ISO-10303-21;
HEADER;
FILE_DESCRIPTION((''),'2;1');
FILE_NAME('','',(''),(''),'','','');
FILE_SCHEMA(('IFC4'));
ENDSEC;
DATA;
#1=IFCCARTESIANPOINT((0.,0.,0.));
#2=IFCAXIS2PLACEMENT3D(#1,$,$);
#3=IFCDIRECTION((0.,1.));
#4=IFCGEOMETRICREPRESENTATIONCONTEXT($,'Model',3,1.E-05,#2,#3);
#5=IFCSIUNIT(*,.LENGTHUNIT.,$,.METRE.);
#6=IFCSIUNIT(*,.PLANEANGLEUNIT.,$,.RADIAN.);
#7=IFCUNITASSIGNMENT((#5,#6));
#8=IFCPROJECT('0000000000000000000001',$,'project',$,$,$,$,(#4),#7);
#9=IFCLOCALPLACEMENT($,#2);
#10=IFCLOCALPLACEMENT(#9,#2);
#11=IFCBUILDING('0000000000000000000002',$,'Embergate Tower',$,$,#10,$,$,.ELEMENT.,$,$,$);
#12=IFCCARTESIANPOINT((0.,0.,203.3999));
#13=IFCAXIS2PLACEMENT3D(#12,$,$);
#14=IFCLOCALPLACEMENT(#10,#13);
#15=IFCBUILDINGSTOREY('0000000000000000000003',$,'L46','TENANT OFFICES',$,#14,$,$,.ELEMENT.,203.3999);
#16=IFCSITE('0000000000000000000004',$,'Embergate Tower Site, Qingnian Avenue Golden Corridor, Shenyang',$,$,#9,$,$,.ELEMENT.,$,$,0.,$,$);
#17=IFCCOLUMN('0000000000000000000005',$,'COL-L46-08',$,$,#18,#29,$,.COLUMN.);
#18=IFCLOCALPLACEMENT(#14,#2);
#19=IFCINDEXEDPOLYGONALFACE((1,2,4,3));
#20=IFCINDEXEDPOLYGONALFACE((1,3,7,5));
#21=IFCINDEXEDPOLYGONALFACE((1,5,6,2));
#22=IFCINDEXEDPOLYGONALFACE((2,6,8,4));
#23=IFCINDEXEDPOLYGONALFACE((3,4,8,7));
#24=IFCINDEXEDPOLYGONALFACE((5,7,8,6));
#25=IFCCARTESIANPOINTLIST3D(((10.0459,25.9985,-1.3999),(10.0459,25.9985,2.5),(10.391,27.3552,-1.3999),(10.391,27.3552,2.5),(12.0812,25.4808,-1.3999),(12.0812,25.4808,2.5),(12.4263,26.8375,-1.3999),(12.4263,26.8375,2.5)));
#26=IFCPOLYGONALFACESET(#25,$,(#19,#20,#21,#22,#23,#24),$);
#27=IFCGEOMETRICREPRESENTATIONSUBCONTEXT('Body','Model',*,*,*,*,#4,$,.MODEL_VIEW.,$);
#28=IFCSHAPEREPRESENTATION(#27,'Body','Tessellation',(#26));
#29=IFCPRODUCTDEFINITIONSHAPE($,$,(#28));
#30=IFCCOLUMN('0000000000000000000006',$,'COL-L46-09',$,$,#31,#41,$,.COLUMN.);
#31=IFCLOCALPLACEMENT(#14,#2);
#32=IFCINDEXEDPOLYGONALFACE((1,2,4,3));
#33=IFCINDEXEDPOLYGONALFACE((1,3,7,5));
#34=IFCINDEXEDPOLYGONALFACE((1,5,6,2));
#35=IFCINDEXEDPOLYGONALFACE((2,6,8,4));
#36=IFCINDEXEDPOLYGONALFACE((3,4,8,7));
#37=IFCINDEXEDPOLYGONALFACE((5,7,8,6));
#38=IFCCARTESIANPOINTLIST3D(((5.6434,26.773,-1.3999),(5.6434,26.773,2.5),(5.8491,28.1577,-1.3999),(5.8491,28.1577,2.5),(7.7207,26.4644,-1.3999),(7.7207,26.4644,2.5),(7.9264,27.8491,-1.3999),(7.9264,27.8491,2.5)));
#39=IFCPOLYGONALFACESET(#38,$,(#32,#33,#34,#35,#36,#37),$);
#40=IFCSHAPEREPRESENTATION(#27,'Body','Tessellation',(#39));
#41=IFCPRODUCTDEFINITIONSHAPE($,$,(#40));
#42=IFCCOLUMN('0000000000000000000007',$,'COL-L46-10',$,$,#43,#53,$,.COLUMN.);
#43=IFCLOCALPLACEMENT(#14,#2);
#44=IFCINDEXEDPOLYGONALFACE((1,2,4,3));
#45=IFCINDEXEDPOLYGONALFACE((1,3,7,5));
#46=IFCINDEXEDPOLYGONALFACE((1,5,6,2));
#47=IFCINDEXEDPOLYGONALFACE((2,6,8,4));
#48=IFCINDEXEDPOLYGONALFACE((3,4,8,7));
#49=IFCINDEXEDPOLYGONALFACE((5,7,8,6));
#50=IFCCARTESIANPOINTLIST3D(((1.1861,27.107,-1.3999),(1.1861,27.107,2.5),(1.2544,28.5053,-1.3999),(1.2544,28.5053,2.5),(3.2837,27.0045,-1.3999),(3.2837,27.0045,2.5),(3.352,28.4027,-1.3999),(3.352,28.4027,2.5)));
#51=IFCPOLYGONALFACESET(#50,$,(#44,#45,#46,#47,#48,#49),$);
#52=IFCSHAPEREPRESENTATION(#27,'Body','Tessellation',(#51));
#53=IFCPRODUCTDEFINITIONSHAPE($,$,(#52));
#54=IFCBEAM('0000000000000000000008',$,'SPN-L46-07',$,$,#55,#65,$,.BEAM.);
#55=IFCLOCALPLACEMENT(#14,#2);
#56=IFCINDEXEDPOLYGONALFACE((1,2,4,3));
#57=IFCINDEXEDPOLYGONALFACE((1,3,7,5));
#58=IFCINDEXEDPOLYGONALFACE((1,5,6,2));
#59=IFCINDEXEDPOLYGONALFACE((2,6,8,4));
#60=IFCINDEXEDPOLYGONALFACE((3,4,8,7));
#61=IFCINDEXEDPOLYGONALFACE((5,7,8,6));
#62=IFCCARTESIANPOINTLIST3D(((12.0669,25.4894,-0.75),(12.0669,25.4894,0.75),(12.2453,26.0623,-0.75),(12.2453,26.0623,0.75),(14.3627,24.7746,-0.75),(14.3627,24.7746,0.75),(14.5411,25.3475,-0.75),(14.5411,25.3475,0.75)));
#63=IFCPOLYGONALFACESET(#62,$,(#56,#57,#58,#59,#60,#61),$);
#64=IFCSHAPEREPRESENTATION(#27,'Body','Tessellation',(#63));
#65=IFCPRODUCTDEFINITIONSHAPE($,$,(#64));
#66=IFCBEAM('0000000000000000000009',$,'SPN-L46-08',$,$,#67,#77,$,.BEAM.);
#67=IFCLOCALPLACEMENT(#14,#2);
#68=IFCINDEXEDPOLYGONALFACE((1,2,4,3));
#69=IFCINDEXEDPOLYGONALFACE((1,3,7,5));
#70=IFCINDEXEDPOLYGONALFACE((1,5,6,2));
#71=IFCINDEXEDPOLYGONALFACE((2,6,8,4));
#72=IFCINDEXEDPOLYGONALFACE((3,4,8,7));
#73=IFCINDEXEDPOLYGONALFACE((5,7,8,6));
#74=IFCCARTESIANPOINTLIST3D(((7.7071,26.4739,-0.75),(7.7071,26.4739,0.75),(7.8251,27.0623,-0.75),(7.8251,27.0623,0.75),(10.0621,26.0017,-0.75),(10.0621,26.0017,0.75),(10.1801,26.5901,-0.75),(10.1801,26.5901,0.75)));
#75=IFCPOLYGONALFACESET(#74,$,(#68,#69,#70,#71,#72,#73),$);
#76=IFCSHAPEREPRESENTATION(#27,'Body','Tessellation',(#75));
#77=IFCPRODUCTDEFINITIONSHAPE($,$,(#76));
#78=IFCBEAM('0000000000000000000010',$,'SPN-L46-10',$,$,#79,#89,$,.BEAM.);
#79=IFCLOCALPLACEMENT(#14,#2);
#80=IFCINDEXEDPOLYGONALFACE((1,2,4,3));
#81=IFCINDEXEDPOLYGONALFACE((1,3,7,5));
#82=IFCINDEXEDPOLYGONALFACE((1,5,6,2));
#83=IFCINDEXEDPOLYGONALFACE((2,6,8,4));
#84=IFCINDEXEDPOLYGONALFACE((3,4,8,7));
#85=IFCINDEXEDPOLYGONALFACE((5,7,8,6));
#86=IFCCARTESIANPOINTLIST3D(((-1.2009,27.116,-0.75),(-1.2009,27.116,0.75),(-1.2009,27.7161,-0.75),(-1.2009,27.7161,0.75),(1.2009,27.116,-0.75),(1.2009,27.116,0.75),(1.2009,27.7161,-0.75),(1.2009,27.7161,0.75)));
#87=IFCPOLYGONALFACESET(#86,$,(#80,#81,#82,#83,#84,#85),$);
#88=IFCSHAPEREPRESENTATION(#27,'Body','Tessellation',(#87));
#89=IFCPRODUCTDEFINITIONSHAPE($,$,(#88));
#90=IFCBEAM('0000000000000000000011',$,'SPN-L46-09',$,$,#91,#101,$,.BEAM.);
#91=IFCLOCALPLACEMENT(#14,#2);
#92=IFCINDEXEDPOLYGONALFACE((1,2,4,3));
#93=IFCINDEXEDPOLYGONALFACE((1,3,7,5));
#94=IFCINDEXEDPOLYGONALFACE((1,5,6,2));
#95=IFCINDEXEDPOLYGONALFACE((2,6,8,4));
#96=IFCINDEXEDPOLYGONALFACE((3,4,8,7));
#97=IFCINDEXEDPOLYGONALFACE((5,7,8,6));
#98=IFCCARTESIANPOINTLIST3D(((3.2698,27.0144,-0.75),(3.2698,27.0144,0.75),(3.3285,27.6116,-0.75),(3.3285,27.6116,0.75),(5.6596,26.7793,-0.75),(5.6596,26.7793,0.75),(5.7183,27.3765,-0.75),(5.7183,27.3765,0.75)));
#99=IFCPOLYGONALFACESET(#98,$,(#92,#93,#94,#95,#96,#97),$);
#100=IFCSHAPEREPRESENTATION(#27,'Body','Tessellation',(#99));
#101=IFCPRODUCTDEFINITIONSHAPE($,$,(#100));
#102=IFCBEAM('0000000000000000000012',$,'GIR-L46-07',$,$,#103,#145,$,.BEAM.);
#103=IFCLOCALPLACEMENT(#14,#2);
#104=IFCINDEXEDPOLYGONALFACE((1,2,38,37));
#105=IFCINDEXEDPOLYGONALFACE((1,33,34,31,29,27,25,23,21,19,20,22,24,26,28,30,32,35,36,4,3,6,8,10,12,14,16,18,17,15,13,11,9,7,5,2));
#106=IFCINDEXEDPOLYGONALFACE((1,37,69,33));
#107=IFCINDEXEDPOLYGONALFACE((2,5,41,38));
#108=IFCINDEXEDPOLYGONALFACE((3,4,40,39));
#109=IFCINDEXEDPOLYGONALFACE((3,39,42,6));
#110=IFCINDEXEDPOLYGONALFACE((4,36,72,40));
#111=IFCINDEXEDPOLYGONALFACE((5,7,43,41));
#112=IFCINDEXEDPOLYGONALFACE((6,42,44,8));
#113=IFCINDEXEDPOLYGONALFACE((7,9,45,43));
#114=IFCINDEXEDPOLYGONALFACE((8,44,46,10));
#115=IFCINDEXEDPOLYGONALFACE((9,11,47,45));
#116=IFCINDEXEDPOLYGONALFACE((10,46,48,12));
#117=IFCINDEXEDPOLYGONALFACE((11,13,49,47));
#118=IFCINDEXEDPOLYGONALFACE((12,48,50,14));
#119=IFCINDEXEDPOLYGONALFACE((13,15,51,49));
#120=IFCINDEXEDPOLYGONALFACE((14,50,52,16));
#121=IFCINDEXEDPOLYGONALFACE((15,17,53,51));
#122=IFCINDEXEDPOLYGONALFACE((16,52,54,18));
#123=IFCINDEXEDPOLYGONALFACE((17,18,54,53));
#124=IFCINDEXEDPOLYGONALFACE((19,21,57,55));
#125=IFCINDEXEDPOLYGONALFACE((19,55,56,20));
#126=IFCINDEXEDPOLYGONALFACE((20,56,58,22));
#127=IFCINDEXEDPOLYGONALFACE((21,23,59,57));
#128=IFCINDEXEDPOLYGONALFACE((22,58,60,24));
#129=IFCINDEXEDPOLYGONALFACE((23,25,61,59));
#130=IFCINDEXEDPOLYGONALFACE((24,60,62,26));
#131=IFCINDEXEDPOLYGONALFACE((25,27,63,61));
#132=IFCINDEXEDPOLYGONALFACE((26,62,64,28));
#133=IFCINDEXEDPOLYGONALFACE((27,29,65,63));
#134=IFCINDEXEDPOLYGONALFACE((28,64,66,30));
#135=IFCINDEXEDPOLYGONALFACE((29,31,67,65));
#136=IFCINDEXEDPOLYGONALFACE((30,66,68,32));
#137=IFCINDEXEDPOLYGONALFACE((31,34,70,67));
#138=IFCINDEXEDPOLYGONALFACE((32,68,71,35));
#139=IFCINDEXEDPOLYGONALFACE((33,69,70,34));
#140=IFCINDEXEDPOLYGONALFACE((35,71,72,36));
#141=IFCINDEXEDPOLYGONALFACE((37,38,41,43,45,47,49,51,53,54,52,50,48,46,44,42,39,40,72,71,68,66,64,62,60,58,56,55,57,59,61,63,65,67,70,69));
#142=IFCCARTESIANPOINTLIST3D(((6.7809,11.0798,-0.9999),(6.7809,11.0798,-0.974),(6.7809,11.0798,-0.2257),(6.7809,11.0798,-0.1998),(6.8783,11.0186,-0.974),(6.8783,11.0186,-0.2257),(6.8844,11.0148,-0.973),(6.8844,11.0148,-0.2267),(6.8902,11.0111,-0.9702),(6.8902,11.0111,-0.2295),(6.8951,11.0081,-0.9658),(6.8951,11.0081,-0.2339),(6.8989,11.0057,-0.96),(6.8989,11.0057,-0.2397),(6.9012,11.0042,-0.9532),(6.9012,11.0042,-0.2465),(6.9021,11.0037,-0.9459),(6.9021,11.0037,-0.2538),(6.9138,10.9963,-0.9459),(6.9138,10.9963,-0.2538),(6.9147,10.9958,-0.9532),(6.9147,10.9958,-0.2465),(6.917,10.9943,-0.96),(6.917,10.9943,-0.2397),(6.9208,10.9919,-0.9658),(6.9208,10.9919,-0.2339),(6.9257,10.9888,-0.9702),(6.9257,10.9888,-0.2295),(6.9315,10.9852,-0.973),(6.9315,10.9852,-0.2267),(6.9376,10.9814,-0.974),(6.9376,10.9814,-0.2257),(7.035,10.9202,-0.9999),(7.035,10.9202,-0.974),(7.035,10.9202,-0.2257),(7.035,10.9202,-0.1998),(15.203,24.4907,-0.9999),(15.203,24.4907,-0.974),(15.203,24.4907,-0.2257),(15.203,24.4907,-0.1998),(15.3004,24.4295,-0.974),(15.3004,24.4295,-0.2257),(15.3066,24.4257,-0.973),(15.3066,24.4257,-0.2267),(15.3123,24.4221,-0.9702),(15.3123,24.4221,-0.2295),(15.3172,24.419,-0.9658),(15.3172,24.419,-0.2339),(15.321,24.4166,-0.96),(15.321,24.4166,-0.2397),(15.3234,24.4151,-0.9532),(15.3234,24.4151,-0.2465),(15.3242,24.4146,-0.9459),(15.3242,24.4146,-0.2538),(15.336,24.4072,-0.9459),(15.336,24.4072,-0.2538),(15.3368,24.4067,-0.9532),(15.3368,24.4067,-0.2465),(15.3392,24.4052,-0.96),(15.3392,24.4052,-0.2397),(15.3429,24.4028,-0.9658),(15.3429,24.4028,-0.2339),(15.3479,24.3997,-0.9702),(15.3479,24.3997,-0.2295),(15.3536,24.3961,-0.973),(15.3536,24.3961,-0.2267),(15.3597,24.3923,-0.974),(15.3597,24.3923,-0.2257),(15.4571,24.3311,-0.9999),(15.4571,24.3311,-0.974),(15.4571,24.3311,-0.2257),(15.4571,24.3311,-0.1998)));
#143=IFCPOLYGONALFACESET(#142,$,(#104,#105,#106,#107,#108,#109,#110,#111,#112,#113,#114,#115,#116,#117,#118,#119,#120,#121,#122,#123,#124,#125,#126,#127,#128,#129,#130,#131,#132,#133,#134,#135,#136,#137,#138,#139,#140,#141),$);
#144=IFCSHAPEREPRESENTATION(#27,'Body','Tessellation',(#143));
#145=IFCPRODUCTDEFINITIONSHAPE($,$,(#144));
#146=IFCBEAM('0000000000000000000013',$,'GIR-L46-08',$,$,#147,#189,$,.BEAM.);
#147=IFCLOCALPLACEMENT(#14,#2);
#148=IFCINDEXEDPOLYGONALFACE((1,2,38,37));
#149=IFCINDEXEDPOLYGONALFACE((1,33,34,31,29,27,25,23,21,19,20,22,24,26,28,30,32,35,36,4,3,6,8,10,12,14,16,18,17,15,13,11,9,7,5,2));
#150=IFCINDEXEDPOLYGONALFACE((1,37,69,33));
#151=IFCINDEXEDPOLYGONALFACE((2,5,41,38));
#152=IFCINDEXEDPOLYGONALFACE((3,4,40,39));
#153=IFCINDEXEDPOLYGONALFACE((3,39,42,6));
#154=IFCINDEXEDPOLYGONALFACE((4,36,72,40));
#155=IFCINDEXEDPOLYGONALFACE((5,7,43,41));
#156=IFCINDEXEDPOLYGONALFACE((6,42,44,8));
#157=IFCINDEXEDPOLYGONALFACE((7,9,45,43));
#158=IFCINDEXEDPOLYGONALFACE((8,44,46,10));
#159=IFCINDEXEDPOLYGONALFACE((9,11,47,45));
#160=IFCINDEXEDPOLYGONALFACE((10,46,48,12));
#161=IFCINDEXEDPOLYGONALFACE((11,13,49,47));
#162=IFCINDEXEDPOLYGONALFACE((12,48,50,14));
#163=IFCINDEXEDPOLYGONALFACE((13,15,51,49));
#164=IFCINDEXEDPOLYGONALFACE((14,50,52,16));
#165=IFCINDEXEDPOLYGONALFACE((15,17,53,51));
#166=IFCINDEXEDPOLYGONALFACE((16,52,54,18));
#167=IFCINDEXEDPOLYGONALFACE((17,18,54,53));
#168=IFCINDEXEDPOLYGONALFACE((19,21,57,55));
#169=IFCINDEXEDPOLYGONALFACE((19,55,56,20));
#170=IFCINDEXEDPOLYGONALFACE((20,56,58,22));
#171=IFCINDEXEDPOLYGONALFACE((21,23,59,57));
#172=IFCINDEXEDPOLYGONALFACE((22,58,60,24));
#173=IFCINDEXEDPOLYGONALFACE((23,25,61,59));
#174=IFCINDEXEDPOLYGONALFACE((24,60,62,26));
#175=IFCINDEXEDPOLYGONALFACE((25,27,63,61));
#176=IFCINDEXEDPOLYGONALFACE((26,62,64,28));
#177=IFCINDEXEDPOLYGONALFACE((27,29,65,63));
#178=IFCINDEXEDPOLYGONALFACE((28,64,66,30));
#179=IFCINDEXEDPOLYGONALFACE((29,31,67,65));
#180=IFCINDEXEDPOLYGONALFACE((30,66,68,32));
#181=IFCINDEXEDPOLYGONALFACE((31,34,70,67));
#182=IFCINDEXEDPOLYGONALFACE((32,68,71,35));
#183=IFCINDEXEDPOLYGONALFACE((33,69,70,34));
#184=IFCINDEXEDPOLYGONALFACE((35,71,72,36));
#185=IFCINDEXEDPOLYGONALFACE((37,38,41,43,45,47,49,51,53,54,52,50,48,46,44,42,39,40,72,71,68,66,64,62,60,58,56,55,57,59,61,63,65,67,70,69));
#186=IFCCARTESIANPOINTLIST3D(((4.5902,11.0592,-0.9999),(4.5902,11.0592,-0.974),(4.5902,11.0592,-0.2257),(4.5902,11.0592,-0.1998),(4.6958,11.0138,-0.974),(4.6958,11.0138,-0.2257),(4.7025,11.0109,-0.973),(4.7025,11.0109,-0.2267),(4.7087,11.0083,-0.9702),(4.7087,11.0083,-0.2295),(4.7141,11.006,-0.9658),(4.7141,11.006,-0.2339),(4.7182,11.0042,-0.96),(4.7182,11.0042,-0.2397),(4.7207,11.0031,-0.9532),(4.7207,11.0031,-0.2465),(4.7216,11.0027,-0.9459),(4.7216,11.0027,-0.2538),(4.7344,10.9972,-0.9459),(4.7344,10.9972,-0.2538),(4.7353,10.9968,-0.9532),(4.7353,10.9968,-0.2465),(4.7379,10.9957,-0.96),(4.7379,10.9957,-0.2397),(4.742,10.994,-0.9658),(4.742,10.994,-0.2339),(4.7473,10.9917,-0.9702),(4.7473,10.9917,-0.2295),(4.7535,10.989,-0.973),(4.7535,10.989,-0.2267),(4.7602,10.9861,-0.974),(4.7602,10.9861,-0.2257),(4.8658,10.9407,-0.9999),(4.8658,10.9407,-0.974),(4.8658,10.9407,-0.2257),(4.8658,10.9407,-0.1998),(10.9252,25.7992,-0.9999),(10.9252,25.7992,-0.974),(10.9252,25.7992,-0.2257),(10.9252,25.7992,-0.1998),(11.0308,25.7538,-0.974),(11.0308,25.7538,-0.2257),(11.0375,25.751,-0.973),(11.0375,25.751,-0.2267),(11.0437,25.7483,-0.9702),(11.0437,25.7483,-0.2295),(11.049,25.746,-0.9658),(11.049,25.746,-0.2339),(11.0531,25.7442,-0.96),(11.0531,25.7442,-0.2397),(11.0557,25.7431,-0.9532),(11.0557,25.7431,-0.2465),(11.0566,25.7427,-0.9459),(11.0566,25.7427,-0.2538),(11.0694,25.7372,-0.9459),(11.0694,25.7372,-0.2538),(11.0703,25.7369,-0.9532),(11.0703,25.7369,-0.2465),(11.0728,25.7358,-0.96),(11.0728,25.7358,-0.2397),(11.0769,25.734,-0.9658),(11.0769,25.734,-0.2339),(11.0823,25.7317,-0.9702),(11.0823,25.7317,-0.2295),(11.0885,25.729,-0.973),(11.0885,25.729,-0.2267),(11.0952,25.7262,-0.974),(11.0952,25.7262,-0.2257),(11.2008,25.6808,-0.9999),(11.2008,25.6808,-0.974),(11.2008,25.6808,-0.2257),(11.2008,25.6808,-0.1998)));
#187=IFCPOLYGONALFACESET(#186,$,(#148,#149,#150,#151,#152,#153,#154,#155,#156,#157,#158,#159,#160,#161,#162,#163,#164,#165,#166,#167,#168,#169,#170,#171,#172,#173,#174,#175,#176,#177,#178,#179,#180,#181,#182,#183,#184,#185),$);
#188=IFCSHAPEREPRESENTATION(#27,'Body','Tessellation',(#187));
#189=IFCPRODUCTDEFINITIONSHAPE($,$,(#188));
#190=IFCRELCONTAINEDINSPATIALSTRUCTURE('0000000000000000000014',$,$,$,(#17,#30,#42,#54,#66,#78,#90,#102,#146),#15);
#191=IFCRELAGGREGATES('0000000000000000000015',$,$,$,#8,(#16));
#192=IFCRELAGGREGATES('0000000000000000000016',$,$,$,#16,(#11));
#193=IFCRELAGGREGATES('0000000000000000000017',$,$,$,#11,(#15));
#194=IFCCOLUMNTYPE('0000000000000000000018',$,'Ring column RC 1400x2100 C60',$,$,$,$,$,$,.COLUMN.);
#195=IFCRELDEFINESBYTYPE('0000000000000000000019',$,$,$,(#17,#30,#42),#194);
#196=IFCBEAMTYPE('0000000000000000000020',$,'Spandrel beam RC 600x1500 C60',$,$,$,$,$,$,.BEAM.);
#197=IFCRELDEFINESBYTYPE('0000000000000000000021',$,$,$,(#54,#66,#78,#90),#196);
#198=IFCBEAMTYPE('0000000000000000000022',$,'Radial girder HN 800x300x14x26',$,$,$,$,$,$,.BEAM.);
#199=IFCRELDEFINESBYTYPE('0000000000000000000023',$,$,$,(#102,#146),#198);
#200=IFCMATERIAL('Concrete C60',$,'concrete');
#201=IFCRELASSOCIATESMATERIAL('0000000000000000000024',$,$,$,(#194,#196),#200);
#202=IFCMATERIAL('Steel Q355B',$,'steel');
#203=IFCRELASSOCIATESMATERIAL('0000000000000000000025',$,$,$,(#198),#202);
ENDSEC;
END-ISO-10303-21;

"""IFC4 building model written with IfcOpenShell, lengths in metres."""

from ifc_helpers import new_model, si_unit, direction, frame, origin, origin_2d, place, context, subcontext, project, spatial, rectangle, i_section, extrude, source, transform, mapped, material, material_profile, profile_set, type_object, element, save


model = new_model("IFC4")

# Units and contexts
model_context = context("Model", 3, precision=1e-05, world=origin(), true_north=direction((0.0, 1.0)))
body_context = subcontext(model_context, "Body", "Model", "MODEL_VIEW")
ifc_project = project(units=[si_unit("LENGTHUNIT", "METRE"), si_unit("PLANEANGLEUNIT", "RADIAN")], contexts=[model_context])

# Site, building, storey
site_placement = place(None, origin())
site = spatial("IfcSite", under=ifc_project, at=site_placement, Name="Embergate Tower Site, Qingnian Avenue Golden Corridor, Shenyang", CompositionType="ELEMENT", RefElevation=0.0)
building_placement = place(site_placement, origin())
building = spatial("IfcBuilding", under=site, at=building_placement, Name="Embergate Tower", CompositionType="ELEMENT")
storey_placement = place(building_placement, frame((0.0, 0.0, 203.3999)))
storey = spatial("IfcBuildingStorey", under=building, at=storey_placement, Name="L46", Description="TENANT OFFICES", CompositionType="ELEMENT", Elevation=203.3999)

# Columns
ifc_material_1 = material(Name="Concrete C60", Category="concrete")
ifc_material_profile_1 = material_profile(ifc_material_1, rectangle(XDim=1.3999, YDim=2.1001, at=origin_2d()), Name="RC 1400x2100")
ifc_profile_set_1 = profile_set([ifc_material_profile_1], Name="Concrete C60")
column_type = type_object("IfcColumnType", Name="Ring column RC 1400x2100 C60", PredefinedType="COLUMN", material=ifc_profile_set_1)
shared_shape_1 = source(origin(), body_context, "Body", "SweptSolid", [
    extrude(rectangle(XDim=1.3999, YDim=2.1001, at=origin_2d()), origin(), (0.0, 0.0, 1.0), 3.8999),
])
for number, where, z_axis, x_axis, name in (
    (1, (11.2361, 26.418, -1.3999), (0.0, 0.0, 1.0), (0.246509, 0.969141, 0.0), "COL-L46-08"),
    (2, (6.7849, 27.311, -1.3999), (0.0, 0.0, 1.0), (0.146929, 0.989147, 0.0), "COL-L46-09"),
    (3, (2.269, 27.7549, -1.3999), (0.0, 0.0, 1.0), (0.048815, 0.998808, 0.0), "COL-L46-10"),
):
    element("IfcColumn", number, at=place(storey_placement, frame(where, z_axis=z_axis, x_axis=x_axis)), inside=storey, type_object=column_type, Name=name, PredefinedType="COLUMN", context=body_context, shape_type="MappedRepresentation", body=[
        mapped(shared_shape_1, transform((0.0, 0.0, 0.0))),
    ])

# Beams
ifc_material_profile_2 = material_profile(ifc_material_1, rectangle(XDim=0.6001, YDim=1.5, at=origin_2d()), Name="RC 600x1500")
ifc_profile_set_2 = profile_set([ifc_material_profile_2], Name="Concrete C60")
beam_type_1 = type_object("IfcBeamType", Name="Spandrel beam RC 600x1500 C60", PredefinedType="BEAM", material=ifc_profile_set_2)
shared_shape_2 = source(origin(), body_context, "Body", "SweptSolid", [
    extrude(rectangle(XDim=0.6001, YDim=1.5, at=origin_2d()), origin(), (0.0, 0.0, 1.0), 2.4045),
])
beam_1_placement = place(storey_placement, frame((14.4519, 25.061, 0.0), z_axis=(-0.95479, 0.29728, 0.0), x_axis=(-0.29728, -0.95479, 0.0)))
element("IfcBeam", 4, at=beam_1_placement, inside=storey, type_object=beam_type_1, Name="SPN-L46-07", PredefinedType="BEAM", context=body_context, shape_type="MappedRepresentation", body=[
    mapped(shared_shape_2, transform((0.0, 0.0, 0.0))),
])
shared_shape_3 = source(origin(), body_context, "Body", "SweptSolid", [
    extrude(rectangle(XDim=0.6001, YDim=1.5, at=origin_2d()), origin(), (0.0, 0.0, 1.0), 2.4019),
])
for number, where, z_axis, x_axis, name in (
    (5, (10.1211, 26.2959, 0.0), (-0.980487, 0.196585, 0.0), (-0.196585, -0.980487, 0.0), "SPN-L46-08"),
    (6, (1.2009, 27.416, 0.0), (-1.0, 0.0, 0.0), (0.0, -1.0, 0.0), "SPN-L46-10"),
):
    element("IfcBeam", number, at=place(storey_placement, frame(where, z_axis=z_axis, x_axis=x_axis)), inside=storey, type_object=beam_type_1, Name=name, PredefinedType="BEAM", context=body_context, shape_type="MappedRepresentation", body=[
        mapped(shared_shape_3, transform((0.0, 0.0, 0.0))),
    ])
shared_shape_4 = source(origin(), body_context, "Body", "SweptSolid", [
    extrude(rectangle(XDim=0.6001, YDim=1.5, at=origin_2d()), origin(), (0.0, 0.0, 1.0), 2.4014),
])
beam_2_placement = place(storey_placement, frame((5.689, 27.0779, 0.0), z_axis=(-0.995196, 0.097903, 0.0), x_axis=(-0.097903, -0.995196, 0.0)))
element("IfcBeam", 7, at=beam_2_placement, inside=storey, type_object=beam_type_1, Name="SPN-L46-09", PredefinedType="BEAM", context=body_context, shape_type="MappedRepresentation", body=[
    mapped(shared_shape_4, transform((0.0, 0.0, 0.0))),
])
ifc_material_2 = material(Name="Steel Q355B", Category="steel")
ifc_material_profile_3 = material_profile(ifc_material_2, i_section(OverallWidth=0.3, OverallDepth=0.8, WebThickness=0.0139, FlangeThickness=0.0259, FilletRadius=0.0281, at=origin_2d()), Name="HN 800x300x14x26")
ifc_profile_set_3 = profile_set([ifc_material_profile_3], Name="Steel Q355 grade B")
beam_type_2 = type_object("IfcBeamType", Name="Radial girder HN 800x300x14x26", PredefinedType="BEAM", material=ifc_profile_set_3)
shared_shape_5 = source(origin(), body_context, "Body", "SweptSolid", [
    extrude(i_section(OverallWidth=0.3, OverallDepth=0.8, WebThickness=0.0139, FlangeThickness=0.0259, FilletRadius=0.0281, at=origin_2d()), origin(), (0.0, 0.0, 1.0), 15.8362),
])
beam_3_placement = place(storey_placement, frame((15.3301, 24.4109, -0.5999), z_axis=(-0.531828, -0.846852, 0.0), x_axis=(0.846852, -0.531828, 0.0)))
element("IfcBeam", 8, at=beam_3_placement, inside=storey, type_object=beam_type_2, Name="GIR-L46-07", PredefinedType="BEAM", context=body_context, shape_type="MappedRepresentation", body=[
    mapped(shared_shape_5, transform((0.0, 0.0, 0.0))),
])
shared_shape_6 = source(origin(), body_context, "Body", "SweptSolid", [
    extrude(i_section(OverallWidth=0.3, OverallDepth=0.8, WebThickness=0.0139, FlangeThickness=0.0259, FilletRadius=0.0281, at=origin_2d()), origin(), (0.0, 0.0, 1.0), 16.0437),
])
beam_4_placement = place(storey_placement, frame((11.063, 25.74, -0.5999), z_axis=(-0.394858, -0.918742, 0.0), x_axis=(0.918742, -0.394858, 0.0)))
element("IfcBeam", 9, at=beam_4_placement, inside=storey, type_object=beam_type_2, Name="GIR-L46-08", PredefinedType="BEAM", context=body_context, shape_type="MappedRepresentation", body=[
    mapped(shared_shape_6, transform((0.0, 0.0, 0.0))),
])

save(model, "model.ifc")
